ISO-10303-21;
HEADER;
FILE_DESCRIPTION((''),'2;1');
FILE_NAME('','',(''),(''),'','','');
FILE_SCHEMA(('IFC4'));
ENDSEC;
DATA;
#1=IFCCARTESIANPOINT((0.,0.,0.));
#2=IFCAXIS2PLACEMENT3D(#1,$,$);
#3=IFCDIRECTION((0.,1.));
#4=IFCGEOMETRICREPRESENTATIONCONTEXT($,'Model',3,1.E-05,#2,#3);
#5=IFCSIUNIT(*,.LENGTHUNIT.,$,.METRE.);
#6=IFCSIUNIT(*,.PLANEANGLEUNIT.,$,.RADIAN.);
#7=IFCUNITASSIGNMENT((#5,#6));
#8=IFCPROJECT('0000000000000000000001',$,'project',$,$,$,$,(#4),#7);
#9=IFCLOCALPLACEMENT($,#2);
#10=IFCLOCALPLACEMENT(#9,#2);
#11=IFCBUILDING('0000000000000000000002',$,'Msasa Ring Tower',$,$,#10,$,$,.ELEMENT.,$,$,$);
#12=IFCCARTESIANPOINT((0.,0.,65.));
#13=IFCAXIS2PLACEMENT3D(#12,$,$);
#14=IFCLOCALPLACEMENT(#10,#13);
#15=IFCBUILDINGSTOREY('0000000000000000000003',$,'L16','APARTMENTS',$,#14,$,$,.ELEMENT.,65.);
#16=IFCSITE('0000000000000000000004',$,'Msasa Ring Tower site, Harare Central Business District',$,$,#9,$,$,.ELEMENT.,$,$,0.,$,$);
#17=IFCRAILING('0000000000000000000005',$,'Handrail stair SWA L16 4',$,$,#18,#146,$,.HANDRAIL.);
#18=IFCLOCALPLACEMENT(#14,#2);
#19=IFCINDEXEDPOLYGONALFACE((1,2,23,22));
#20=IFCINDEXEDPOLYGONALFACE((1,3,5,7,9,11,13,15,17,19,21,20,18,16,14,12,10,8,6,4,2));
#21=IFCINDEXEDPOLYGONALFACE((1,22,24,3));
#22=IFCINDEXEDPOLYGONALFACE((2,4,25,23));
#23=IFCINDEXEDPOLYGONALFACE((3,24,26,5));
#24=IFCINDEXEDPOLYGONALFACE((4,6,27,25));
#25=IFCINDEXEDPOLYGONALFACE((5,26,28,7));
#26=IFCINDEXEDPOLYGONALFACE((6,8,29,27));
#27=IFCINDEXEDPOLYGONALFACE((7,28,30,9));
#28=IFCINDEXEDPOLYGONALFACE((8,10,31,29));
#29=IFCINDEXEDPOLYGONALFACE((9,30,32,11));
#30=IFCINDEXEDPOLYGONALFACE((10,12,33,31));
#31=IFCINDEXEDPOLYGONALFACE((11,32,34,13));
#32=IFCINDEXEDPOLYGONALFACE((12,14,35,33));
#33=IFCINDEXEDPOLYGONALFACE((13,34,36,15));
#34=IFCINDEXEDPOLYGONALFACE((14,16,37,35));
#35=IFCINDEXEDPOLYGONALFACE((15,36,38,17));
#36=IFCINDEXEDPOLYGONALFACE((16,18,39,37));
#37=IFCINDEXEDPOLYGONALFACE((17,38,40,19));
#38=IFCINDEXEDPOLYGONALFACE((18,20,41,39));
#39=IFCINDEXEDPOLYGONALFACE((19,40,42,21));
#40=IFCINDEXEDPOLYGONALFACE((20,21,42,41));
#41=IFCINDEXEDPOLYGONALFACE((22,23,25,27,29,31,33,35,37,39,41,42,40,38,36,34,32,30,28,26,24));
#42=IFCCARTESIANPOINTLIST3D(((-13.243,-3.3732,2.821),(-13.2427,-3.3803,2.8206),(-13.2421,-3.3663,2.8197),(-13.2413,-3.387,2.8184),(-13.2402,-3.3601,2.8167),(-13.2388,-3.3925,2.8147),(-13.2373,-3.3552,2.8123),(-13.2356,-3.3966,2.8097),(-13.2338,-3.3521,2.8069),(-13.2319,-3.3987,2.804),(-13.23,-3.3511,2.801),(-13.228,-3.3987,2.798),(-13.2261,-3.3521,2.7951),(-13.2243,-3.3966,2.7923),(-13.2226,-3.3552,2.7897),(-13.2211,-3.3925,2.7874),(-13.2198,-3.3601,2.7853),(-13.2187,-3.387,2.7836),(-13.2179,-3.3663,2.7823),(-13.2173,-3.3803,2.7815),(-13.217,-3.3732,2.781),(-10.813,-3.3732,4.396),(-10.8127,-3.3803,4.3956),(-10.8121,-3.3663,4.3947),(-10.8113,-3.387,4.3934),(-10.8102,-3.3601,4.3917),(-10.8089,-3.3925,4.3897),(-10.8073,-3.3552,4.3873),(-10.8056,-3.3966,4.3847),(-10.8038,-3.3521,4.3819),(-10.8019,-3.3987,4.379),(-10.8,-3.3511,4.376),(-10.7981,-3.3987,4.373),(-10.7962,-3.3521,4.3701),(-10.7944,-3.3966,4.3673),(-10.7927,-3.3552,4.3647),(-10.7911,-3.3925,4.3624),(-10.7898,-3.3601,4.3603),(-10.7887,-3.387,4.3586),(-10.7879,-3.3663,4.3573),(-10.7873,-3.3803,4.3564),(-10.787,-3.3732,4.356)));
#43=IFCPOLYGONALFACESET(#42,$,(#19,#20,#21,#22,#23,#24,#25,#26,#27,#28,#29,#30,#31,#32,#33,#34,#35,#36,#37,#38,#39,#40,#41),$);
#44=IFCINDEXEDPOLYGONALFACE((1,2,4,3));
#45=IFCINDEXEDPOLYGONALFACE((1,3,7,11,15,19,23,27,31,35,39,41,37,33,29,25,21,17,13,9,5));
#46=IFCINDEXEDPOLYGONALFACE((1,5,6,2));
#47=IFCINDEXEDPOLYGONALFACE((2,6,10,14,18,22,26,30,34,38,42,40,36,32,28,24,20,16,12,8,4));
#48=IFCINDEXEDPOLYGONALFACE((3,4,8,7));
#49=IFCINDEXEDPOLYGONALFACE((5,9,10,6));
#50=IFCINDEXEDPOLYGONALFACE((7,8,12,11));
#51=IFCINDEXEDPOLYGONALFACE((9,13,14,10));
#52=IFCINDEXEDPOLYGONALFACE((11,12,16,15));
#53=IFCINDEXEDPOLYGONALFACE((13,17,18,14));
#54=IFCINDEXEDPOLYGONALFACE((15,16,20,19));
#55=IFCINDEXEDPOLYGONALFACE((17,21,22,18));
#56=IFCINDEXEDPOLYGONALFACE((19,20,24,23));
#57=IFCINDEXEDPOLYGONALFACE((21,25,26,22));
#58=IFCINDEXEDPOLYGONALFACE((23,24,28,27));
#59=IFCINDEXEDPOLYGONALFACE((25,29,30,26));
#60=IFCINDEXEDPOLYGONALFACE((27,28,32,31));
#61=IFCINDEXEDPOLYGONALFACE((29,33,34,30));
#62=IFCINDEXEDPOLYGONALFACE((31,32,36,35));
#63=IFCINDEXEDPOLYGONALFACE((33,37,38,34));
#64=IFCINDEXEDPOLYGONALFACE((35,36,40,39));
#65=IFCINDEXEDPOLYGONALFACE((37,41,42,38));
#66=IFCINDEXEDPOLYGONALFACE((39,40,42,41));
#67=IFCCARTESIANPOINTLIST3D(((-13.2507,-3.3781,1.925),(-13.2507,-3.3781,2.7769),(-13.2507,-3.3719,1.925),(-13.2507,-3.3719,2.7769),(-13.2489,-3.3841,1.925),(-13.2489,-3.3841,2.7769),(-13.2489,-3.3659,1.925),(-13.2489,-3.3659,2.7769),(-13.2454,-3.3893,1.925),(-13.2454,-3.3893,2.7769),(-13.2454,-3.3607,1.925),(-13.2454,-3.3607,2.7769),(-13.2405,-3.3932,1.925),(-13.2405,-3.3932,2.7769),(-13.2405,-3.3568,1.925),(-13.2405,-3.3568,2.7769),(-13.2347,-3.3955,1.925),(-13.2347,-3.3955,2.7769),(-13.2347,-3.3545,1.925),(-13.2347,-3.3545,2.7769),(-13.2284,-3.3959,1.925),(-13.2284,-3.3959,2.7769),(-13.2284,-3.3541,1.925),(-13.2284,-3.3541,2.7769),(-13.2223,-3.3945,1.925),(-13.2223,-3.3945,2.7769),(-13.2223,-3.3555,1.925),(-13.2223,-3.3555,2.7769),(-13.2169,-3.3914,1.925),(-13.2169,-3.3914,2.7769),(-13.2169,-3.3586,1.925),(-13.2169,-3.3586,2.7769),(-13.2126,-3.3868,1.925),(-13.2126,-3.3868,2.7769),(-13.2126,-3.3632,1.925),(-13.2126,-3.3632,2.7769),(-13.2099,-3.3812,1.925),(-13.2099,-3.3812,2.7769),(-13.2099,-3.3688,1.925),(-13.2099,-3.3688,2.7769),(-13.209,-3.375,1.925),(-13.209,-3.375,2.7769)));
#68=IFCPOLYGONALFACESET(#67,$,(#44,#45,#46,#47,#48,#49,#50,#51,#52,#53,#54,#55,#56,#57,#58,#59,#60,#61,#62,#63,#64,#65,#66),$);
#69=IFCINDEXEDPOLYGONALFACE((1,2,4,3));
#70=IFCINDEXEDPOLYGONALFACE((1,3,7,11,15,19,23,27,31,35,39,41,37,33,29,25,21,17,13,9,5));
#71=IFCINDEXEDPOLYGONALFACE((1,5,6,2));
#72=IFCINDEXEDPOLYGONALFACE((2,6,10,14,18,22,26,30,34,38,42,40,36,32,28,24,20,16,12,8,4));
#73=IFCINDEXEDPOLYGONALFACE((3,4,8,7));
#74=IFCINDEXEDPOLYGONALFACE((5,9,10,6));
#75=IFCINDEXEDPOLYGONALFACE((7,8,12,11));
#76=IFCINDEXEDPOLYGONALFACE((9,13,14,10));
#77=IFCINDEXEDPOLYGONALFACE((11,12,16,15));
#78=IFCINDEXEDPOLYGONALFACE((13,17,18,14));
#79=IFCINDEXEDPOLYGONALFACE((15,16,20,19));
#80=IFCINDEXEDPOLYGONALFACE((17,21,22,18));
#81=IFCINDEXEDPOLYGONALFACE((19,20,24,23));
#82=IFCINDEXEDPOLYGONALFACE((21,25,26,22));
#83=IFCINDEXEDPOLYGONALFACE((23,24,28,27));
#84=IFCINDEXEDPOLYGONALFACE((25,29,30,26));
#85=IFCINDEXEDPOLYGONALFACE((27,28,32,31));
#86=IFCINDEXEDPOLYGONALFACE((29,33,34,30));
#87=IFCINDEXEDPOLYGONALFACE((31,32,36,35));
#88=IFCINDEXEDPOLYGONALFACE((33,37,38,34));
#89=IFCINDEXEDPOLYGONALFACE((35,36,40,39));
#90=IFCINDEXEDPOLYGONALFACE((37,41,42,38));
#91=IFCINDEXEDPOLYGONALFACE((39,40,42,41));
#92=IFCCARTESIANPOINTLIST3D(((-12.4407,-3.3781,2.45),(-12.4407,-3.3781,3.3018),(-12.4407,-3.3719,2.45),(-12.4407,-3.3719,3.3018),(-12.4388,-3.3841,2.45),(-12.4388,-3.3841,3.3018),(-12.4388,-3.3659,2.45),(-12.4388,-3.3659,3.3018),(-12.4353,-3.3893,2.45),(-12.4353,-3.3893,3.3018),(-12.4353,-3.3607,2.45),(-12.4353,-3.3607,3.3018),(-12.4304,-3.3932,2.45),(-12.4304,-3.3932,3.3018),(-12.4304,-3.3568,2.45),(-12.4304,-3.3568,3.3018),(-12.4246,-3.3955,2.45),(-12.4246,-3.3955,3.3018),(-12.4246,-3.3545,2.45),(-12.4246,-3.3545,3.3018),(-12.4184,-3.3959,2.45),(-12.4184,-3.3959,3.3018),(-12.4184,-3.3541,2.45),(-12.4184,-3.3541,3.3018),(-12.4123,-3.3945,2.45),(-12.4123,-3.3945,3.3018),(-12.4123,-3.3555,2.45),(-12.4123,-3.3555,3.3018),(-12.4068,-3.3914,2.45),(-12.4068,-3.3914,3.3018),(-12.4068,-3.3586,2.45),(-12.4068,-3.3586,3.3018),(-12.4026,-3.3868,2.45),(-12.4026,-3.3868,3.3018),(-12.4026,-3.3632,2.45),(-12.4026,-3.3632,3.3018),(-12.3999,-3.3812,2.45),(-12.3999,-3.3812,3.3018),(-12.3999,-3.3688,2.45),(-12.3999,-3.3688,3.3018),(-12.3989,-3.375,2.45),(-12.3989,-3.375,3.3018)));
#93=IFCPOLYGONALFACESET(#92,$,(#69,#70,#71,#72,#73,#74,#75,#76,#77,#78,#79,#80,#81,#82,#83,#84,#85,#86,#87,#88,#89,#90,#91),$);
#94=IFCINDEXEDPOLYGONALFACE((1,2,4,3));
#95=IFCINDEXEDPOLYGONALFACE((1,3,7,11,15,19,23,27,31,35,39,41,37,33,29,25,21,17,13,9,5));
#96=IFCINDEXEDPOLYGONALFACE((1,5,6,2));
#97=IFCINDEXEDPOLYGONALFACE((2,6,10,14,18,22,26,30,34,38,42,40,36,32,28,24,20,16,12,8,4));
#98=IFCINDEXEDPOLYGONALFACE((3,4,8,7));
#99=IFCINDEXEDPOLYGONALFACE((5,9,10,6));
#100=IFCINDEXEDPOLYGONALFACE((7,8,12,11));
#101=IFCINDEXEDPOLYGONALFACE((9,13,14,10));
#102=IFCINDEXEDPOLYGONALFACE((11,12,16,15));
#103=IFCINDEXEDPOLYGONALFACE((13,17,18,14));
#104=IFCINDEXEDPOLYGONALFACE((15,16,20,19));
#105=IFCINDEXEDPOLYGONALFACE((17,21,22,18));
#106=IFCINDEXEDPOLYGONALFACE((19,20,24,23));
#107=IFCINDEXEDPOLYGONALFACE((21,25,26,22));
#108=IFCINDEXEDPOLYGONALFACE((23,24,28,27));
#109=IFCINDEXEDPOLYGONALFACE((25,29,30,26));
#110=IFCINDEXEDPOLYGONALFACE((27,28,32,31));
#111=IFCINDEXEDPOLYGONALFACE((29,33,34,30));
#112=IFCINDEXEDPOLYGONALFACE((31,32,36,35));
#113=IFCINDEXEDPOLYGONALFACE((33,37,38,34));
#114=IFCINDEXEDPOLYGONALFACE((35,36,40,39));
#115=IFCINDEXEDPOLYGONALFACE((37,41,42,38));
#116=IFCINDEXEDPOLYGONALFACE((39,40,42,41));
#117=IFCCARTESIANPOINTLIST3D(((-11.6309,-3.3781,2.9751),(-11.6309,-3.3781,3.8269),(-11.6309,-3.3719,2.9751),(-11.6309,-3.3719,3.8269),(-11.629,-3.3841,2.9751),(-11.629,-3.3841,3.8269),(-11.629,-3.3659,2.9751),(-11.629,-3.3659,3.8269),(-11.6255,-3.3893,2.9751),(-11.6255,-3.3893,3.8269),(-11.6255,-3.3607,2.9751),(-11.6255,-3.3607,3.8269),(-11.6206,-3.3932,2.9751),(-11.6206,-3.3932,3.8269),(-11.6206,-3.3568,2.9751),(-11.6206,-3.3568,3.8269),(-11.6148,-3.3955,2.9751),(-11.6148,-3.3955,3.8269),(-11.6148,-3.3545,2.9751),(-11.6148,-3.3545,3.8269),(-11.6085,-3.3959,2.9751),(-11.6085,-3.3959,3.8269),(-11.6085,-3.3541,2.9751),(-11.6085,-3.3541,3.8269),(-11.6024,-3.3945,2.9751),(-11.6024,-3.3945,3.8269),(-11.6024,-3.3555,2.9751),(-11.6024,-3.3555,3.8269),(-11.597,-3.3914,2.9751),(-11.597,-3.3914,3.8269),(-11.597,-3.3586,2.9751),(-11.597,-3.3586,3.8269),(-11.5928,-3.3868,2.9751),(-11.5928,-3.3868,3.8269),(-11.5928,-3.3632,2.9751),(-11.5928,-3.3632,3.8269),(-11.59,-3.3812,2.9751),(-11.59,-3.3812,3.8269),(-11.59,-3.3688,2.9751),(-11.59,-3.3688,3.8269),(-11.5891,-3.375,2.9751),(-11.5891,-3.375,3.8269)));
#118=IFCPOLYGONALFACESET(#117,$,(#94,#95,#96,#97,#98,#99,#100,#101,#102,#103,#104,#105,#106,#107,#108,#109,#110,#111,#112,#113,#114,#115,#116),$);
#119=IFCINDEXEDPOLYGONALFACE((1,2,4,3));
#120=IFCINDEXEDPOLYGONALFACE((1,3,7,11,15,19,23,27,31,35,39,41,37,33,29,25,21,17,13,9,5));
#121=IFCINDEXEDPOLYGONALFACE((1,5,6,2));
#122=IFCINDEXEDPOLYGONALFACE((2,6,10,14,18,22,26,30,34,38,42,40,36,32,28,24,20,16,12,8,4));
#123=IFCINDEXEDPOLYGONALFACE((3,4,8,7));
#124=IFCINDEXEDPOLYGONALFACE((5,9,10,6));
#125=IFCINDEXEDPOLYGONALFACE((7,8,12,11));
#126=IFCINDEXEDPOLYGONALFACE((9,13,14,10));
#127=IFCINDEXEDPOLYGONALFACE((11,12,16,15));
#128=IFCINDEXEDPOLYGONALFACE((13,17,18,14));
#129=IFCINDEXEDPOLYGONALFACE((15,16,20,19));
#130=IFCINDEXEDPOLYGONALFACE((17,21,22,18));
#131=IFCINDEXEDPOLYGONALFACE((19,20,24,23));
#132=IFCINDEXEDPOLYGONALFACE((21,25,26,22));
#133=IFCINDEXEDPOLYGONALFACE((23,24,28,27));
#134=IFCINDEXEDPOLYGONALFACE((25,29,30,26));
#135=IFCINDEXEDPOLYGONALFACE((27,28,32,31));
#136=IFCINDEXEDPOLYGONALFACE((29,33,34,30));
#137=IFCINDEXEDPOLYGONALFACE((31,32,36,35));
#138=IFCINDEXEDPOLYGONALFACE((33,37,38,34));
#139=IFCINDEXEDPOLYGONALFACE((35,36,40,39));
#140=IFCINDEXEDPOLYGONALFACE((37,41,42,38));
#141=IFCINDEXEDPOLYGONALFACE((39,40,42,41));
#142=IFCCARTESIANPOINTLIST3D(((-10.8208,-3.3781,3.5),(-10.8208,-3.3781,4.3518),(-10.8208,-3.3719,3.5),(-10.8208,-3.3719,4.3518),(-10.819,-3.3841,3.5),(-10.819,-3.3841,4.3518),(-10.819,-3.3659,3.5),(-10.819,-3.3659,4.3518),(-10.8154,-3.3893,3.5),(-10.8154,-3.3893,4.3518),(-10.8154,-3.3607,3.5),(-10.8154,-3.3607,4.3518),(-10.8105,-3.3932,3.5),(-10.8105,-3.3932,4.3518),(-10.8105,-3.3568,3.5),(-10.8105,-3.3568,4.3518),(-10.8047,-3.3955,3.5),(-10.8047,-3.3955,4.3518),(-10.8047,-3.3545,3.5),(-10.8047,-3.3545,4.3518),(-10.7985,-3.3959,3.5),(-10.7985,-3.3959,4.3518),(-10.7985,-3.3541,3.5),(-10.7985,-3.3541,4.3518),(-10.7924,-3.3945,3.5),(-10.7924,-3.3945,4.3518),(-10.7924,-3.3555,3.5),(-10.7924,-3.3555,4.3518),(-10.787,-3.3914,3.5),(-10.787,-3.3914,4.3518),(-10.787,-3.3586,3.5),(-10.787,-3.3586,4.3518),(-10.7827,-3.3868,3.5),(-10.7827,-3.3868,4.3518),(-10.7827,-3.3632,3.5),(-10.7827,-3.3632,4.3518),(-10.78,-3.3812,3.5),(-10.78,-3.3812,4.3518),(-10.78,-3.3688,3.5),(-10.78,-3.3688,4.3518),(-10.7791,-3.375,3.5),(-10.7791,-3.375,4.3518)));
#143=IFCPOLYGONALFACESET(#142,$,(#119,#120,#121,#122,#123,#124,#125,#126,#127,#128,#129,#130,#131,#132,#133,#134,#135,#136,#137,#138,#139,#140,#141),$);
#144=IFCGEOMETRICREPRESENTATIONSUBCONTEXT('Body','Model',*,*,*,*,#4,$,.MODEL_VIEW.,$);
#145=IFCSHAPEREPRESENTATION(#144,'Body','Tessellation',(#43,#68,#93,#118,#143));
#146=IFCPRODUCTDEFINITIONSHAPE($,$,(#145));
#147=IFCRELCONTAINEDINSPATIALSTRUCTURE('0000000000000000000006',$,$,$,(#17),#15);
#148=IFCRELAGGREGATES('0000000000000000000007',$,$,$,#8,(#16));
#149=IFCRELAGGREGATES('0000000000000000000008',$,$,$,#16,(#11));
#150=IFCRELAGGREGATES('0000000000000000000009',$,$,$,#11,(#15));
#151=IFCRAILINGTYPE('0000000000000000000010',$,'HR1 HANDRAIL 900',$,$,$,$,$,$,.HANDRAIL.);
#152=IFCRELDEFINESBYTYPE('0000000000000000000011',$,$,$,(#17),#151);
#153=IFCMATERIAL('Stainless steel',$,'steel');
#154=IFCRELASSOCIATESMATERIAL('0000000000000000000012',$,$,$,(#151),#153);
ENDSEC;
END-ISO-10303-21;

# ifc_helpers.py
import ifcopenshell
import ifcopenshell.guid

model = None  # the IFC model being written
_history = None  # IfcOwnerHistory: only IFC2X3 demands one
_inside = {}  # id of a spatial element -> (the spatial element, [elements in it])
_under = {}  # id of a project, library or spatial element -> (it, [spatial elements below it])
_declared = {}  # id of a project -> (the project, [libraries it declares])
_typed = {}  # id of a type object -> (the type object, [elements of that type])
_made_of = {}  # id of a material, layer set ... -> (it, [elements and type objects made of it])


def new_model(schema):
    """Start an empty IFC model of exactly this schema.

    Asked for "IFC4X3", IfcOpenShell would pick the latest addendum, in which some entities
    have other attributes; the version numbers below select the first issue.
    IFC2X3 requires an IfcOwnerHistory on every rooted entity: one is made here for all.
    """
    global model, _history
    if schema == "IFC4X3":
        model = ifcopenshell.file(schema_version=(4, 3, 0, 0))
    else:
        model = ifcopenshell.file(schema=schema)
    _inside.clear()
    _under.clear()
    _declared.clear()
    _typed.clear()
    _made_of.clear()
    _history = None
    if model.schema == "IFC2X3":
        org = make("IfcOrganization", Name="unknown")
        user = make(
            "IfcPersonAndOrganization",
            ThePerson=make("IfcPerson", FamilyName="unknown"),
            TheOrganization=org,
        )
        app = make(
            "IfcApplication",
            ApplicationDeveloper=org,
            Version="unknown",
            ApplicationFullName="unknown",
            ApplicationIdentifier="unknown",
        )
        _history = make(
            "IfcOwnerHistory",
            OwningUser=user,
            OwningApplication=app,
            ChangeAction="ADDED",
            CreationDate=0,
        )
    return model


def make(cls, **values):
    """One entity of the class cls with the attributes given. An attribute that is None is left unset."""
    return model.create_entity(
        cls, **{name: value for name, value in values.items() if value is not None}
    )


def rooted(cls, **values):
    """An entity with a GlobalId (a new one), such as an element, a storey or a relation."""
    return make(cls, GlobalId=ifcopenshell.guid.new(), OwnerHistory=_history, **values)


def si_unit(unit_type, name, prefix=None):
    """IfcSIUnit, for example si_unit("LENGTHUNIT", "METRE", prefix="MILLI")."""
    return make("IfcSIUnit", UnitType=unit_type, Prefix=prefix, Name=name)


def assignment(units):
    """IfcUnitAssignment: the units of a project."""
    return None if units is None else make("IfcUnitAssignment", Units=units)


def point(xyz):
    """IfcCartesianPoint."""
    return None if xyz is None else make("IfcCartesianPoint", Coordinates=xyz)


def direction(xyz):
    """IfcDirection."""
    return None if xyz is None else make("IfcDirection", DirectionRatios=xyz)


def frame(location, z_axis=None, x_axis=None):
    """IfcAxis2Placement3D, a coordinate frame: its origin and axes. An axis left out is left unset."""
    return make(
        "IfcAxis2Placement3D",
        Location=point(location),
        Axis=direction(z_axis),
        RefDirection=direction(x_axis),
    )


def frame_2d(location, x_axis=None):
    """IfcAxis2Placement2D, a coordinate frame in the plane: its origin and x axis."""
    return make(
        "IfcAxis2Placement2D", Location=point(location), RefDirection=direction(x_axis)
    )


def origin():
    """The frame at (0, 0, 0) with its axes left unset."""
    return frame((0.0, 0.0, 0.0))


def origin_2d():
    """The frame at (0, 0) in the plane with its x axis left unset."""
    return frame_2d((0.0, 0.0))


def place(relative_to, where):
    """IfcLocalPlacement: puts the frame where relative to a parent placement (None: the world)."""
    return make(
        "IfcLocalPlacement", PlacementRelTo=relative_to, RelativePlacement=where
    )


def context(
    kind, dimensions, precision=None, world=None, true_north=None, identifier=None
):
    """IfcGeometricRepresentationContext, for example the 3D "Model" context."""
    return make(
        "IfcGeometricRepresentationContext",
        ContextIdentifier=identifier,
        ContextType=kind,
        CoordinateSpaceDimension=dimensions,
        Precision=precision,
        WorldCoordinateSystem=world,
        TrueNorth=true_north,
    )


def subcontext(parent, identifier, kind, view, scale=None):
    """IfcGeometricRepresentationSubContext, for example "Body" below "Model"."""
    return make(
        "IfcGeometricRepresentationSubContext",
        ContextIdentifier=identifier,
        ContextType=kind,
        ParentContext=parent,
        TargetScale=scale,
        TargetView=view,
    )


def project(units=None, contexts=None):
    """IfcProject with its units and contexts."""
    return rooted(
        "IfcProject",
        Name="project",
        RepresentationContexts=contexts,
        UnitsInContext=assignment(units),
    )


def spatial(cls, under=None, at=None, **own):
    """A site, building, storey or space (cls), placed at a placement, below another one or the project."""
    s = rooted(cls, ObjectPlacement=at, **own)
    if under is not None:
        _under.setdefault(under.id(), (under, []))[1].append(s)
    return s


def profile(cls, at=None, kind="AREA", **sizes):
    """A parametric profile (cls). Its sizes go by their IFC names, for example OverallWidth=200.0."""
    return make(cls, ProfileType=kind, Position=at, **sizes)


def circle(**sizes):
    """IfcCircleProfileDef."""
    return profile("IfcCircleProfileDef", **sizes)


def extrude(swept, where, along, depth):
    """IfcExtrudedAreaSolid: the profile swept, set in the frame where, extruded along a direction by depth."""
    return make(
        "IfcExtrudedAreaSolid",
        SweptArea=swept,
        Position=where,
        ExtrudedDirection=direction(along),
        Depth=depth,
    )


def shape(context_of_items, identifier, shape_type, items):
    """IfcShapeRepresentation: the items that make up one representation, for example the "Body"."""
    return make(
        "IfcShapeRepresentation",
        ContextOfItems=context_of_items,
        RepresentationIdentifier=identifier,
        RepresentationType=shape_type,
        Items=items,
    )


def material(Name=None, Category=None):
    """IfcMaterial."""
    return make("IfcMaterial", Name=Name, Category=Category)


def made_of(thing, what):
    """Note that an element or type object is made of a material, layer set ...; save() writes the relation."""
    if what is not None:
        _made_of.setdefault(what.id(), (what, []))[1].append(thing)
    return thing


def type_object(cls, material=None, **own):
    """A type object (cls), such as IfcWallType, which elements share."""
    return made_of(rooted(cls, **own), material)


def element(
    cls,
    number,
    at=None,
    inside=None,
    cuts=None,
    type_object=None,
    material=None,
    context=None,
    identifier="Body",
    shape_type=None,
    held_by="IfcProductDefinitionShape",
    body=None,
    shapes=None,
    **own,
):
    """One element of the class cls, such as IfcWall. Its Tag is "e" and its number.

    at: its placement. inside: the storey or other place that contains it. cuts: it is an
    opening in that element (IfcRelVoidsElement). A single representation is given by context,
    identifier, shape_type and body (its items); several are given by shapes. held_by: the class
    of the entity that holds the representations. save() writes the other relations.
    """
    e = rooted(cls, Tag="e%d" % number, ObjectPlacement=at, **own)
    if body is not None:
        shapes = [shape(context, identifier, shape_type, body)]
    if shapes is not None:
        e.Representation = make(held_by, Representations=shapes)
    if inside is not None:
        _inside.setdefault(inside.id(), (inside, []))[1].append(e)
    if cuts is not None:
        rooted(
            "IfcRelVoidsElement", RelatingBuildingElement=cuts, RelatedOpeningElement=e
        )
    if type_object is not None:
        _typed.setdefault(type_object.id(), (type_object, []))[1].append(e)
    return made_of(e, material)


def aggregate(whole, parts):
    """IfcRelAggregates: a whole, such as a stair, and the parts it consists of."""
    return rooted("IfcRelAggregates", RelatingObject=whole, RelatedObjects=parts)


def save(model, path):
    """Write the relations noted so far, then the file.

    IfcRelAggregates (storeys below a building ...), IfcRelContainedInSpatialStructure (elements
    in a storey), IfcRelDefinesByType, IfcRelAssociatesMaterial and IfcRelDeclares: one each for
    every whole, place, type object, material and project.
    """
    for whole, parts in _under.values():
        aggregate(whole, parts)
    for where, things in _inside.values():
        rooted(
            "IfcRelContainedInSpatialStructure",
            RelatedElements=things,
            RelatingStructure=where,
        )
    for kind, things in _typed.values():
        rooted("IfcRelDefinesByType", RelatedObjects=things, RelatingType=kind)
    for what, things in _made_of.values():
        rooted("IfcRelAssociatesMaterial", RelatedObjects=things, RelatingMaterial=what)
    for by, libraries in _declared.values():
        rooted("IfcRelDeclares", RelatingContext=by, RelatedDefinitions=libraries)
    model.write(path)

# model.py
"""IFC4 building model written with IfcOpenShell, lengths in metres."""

from ifc_helpers import new_model, si_unit, direction, frame, origin, origin_2d, place, context, subcontext, project, spatial, circle, extrude, material, type_object, element, save


model = new_model("IFC4")

# Units and contexts
model_context = context("Model", 3, precision=1e-05, world=origin(), true_north=direction((0.0, 1.0)))
body_context = subcontext(model_context, "Body", "Model", "MODEL_VIEW")
ifc_project = project(units=[si_unit("LENGTHUNIT", "METRE"), si_unit("PLANEANGLEUNIT", "RADIAN")], contexts=[model_context])

# Site, building, storey
site_placement = place(None, origin())
site = spatial("IfcSite", under=ifc_project, at=site_placement, Name="Msasa Ring Tower site, Harare Central Business District", CompositionType="ELEMENT", RefElevation=0.0)
building_placement = place(site_placement, origin())
building = spatial("IfcBuilding", under=site, at=building_placement, Name="Msasa Ring Tower", CompositionType="ELEMENT")
storey_placement = place(building_placement, frame((0.0, 0.0, 65.0)))
storey = spatial("IfcBuildingStorey", under=building, at=storey_placement, Name="L16", Description="APARTMENTS", CompositionType="ELEMENT", Elevation=65.0)

# Railing
ifc_material_1 = material(Name="Stainless steel", Category="steel")
railing_type = type_object("IfcRailingType", Name="HR1 HANDRAIL 900", PredefinedType="HANDRAIL", material=ifc_material_1)
for number, where, name in (
    (1, (-13.23, -3.375, 1.925), "Handrail stair SWA L16 4"),
):
    element("IfcRailing", number, at=place(storey_placement, frame(where)), inside=storey, type_object=railing_type, Name=name, PredefinedType="HANDRAIL", context=body_context, shape_type="SweptSolid", body=[
        extrude(circle(Radius=0.0239, at=origin_2d()), frame((0.0, 0.0, 0.876), z_axis=(0.839154, 0.0, 0.543894), x_axis=(0.0, 1.0, 0.0)), (0.0, 0.0, 1.0), 2.8958),
        extrude(circle(Radius=0.021, at=origin_2d()), origin(), (0.0, 0.0, 1.0), 0.8518),
        extrude(circle(Radius=0.021, at=origin_2d()), frame((0.8101, 0.0, 0.5249)), (0.0, 0.0, 1.0), 0.8518),
        extrude(circle(Radius=0.021, at=origin_2d()), frame((1.6199, 0.0, 1.05)), (0.0, 0.0, 1.0), 0.8518),
        extrude(circle(Radius=0.021, at=origin_2d()), frame((2.4299, 0.0, 1.575)), (0.0, 0.0, 1.0), 0.8518),
    ])

save(model, "model.ifc")
